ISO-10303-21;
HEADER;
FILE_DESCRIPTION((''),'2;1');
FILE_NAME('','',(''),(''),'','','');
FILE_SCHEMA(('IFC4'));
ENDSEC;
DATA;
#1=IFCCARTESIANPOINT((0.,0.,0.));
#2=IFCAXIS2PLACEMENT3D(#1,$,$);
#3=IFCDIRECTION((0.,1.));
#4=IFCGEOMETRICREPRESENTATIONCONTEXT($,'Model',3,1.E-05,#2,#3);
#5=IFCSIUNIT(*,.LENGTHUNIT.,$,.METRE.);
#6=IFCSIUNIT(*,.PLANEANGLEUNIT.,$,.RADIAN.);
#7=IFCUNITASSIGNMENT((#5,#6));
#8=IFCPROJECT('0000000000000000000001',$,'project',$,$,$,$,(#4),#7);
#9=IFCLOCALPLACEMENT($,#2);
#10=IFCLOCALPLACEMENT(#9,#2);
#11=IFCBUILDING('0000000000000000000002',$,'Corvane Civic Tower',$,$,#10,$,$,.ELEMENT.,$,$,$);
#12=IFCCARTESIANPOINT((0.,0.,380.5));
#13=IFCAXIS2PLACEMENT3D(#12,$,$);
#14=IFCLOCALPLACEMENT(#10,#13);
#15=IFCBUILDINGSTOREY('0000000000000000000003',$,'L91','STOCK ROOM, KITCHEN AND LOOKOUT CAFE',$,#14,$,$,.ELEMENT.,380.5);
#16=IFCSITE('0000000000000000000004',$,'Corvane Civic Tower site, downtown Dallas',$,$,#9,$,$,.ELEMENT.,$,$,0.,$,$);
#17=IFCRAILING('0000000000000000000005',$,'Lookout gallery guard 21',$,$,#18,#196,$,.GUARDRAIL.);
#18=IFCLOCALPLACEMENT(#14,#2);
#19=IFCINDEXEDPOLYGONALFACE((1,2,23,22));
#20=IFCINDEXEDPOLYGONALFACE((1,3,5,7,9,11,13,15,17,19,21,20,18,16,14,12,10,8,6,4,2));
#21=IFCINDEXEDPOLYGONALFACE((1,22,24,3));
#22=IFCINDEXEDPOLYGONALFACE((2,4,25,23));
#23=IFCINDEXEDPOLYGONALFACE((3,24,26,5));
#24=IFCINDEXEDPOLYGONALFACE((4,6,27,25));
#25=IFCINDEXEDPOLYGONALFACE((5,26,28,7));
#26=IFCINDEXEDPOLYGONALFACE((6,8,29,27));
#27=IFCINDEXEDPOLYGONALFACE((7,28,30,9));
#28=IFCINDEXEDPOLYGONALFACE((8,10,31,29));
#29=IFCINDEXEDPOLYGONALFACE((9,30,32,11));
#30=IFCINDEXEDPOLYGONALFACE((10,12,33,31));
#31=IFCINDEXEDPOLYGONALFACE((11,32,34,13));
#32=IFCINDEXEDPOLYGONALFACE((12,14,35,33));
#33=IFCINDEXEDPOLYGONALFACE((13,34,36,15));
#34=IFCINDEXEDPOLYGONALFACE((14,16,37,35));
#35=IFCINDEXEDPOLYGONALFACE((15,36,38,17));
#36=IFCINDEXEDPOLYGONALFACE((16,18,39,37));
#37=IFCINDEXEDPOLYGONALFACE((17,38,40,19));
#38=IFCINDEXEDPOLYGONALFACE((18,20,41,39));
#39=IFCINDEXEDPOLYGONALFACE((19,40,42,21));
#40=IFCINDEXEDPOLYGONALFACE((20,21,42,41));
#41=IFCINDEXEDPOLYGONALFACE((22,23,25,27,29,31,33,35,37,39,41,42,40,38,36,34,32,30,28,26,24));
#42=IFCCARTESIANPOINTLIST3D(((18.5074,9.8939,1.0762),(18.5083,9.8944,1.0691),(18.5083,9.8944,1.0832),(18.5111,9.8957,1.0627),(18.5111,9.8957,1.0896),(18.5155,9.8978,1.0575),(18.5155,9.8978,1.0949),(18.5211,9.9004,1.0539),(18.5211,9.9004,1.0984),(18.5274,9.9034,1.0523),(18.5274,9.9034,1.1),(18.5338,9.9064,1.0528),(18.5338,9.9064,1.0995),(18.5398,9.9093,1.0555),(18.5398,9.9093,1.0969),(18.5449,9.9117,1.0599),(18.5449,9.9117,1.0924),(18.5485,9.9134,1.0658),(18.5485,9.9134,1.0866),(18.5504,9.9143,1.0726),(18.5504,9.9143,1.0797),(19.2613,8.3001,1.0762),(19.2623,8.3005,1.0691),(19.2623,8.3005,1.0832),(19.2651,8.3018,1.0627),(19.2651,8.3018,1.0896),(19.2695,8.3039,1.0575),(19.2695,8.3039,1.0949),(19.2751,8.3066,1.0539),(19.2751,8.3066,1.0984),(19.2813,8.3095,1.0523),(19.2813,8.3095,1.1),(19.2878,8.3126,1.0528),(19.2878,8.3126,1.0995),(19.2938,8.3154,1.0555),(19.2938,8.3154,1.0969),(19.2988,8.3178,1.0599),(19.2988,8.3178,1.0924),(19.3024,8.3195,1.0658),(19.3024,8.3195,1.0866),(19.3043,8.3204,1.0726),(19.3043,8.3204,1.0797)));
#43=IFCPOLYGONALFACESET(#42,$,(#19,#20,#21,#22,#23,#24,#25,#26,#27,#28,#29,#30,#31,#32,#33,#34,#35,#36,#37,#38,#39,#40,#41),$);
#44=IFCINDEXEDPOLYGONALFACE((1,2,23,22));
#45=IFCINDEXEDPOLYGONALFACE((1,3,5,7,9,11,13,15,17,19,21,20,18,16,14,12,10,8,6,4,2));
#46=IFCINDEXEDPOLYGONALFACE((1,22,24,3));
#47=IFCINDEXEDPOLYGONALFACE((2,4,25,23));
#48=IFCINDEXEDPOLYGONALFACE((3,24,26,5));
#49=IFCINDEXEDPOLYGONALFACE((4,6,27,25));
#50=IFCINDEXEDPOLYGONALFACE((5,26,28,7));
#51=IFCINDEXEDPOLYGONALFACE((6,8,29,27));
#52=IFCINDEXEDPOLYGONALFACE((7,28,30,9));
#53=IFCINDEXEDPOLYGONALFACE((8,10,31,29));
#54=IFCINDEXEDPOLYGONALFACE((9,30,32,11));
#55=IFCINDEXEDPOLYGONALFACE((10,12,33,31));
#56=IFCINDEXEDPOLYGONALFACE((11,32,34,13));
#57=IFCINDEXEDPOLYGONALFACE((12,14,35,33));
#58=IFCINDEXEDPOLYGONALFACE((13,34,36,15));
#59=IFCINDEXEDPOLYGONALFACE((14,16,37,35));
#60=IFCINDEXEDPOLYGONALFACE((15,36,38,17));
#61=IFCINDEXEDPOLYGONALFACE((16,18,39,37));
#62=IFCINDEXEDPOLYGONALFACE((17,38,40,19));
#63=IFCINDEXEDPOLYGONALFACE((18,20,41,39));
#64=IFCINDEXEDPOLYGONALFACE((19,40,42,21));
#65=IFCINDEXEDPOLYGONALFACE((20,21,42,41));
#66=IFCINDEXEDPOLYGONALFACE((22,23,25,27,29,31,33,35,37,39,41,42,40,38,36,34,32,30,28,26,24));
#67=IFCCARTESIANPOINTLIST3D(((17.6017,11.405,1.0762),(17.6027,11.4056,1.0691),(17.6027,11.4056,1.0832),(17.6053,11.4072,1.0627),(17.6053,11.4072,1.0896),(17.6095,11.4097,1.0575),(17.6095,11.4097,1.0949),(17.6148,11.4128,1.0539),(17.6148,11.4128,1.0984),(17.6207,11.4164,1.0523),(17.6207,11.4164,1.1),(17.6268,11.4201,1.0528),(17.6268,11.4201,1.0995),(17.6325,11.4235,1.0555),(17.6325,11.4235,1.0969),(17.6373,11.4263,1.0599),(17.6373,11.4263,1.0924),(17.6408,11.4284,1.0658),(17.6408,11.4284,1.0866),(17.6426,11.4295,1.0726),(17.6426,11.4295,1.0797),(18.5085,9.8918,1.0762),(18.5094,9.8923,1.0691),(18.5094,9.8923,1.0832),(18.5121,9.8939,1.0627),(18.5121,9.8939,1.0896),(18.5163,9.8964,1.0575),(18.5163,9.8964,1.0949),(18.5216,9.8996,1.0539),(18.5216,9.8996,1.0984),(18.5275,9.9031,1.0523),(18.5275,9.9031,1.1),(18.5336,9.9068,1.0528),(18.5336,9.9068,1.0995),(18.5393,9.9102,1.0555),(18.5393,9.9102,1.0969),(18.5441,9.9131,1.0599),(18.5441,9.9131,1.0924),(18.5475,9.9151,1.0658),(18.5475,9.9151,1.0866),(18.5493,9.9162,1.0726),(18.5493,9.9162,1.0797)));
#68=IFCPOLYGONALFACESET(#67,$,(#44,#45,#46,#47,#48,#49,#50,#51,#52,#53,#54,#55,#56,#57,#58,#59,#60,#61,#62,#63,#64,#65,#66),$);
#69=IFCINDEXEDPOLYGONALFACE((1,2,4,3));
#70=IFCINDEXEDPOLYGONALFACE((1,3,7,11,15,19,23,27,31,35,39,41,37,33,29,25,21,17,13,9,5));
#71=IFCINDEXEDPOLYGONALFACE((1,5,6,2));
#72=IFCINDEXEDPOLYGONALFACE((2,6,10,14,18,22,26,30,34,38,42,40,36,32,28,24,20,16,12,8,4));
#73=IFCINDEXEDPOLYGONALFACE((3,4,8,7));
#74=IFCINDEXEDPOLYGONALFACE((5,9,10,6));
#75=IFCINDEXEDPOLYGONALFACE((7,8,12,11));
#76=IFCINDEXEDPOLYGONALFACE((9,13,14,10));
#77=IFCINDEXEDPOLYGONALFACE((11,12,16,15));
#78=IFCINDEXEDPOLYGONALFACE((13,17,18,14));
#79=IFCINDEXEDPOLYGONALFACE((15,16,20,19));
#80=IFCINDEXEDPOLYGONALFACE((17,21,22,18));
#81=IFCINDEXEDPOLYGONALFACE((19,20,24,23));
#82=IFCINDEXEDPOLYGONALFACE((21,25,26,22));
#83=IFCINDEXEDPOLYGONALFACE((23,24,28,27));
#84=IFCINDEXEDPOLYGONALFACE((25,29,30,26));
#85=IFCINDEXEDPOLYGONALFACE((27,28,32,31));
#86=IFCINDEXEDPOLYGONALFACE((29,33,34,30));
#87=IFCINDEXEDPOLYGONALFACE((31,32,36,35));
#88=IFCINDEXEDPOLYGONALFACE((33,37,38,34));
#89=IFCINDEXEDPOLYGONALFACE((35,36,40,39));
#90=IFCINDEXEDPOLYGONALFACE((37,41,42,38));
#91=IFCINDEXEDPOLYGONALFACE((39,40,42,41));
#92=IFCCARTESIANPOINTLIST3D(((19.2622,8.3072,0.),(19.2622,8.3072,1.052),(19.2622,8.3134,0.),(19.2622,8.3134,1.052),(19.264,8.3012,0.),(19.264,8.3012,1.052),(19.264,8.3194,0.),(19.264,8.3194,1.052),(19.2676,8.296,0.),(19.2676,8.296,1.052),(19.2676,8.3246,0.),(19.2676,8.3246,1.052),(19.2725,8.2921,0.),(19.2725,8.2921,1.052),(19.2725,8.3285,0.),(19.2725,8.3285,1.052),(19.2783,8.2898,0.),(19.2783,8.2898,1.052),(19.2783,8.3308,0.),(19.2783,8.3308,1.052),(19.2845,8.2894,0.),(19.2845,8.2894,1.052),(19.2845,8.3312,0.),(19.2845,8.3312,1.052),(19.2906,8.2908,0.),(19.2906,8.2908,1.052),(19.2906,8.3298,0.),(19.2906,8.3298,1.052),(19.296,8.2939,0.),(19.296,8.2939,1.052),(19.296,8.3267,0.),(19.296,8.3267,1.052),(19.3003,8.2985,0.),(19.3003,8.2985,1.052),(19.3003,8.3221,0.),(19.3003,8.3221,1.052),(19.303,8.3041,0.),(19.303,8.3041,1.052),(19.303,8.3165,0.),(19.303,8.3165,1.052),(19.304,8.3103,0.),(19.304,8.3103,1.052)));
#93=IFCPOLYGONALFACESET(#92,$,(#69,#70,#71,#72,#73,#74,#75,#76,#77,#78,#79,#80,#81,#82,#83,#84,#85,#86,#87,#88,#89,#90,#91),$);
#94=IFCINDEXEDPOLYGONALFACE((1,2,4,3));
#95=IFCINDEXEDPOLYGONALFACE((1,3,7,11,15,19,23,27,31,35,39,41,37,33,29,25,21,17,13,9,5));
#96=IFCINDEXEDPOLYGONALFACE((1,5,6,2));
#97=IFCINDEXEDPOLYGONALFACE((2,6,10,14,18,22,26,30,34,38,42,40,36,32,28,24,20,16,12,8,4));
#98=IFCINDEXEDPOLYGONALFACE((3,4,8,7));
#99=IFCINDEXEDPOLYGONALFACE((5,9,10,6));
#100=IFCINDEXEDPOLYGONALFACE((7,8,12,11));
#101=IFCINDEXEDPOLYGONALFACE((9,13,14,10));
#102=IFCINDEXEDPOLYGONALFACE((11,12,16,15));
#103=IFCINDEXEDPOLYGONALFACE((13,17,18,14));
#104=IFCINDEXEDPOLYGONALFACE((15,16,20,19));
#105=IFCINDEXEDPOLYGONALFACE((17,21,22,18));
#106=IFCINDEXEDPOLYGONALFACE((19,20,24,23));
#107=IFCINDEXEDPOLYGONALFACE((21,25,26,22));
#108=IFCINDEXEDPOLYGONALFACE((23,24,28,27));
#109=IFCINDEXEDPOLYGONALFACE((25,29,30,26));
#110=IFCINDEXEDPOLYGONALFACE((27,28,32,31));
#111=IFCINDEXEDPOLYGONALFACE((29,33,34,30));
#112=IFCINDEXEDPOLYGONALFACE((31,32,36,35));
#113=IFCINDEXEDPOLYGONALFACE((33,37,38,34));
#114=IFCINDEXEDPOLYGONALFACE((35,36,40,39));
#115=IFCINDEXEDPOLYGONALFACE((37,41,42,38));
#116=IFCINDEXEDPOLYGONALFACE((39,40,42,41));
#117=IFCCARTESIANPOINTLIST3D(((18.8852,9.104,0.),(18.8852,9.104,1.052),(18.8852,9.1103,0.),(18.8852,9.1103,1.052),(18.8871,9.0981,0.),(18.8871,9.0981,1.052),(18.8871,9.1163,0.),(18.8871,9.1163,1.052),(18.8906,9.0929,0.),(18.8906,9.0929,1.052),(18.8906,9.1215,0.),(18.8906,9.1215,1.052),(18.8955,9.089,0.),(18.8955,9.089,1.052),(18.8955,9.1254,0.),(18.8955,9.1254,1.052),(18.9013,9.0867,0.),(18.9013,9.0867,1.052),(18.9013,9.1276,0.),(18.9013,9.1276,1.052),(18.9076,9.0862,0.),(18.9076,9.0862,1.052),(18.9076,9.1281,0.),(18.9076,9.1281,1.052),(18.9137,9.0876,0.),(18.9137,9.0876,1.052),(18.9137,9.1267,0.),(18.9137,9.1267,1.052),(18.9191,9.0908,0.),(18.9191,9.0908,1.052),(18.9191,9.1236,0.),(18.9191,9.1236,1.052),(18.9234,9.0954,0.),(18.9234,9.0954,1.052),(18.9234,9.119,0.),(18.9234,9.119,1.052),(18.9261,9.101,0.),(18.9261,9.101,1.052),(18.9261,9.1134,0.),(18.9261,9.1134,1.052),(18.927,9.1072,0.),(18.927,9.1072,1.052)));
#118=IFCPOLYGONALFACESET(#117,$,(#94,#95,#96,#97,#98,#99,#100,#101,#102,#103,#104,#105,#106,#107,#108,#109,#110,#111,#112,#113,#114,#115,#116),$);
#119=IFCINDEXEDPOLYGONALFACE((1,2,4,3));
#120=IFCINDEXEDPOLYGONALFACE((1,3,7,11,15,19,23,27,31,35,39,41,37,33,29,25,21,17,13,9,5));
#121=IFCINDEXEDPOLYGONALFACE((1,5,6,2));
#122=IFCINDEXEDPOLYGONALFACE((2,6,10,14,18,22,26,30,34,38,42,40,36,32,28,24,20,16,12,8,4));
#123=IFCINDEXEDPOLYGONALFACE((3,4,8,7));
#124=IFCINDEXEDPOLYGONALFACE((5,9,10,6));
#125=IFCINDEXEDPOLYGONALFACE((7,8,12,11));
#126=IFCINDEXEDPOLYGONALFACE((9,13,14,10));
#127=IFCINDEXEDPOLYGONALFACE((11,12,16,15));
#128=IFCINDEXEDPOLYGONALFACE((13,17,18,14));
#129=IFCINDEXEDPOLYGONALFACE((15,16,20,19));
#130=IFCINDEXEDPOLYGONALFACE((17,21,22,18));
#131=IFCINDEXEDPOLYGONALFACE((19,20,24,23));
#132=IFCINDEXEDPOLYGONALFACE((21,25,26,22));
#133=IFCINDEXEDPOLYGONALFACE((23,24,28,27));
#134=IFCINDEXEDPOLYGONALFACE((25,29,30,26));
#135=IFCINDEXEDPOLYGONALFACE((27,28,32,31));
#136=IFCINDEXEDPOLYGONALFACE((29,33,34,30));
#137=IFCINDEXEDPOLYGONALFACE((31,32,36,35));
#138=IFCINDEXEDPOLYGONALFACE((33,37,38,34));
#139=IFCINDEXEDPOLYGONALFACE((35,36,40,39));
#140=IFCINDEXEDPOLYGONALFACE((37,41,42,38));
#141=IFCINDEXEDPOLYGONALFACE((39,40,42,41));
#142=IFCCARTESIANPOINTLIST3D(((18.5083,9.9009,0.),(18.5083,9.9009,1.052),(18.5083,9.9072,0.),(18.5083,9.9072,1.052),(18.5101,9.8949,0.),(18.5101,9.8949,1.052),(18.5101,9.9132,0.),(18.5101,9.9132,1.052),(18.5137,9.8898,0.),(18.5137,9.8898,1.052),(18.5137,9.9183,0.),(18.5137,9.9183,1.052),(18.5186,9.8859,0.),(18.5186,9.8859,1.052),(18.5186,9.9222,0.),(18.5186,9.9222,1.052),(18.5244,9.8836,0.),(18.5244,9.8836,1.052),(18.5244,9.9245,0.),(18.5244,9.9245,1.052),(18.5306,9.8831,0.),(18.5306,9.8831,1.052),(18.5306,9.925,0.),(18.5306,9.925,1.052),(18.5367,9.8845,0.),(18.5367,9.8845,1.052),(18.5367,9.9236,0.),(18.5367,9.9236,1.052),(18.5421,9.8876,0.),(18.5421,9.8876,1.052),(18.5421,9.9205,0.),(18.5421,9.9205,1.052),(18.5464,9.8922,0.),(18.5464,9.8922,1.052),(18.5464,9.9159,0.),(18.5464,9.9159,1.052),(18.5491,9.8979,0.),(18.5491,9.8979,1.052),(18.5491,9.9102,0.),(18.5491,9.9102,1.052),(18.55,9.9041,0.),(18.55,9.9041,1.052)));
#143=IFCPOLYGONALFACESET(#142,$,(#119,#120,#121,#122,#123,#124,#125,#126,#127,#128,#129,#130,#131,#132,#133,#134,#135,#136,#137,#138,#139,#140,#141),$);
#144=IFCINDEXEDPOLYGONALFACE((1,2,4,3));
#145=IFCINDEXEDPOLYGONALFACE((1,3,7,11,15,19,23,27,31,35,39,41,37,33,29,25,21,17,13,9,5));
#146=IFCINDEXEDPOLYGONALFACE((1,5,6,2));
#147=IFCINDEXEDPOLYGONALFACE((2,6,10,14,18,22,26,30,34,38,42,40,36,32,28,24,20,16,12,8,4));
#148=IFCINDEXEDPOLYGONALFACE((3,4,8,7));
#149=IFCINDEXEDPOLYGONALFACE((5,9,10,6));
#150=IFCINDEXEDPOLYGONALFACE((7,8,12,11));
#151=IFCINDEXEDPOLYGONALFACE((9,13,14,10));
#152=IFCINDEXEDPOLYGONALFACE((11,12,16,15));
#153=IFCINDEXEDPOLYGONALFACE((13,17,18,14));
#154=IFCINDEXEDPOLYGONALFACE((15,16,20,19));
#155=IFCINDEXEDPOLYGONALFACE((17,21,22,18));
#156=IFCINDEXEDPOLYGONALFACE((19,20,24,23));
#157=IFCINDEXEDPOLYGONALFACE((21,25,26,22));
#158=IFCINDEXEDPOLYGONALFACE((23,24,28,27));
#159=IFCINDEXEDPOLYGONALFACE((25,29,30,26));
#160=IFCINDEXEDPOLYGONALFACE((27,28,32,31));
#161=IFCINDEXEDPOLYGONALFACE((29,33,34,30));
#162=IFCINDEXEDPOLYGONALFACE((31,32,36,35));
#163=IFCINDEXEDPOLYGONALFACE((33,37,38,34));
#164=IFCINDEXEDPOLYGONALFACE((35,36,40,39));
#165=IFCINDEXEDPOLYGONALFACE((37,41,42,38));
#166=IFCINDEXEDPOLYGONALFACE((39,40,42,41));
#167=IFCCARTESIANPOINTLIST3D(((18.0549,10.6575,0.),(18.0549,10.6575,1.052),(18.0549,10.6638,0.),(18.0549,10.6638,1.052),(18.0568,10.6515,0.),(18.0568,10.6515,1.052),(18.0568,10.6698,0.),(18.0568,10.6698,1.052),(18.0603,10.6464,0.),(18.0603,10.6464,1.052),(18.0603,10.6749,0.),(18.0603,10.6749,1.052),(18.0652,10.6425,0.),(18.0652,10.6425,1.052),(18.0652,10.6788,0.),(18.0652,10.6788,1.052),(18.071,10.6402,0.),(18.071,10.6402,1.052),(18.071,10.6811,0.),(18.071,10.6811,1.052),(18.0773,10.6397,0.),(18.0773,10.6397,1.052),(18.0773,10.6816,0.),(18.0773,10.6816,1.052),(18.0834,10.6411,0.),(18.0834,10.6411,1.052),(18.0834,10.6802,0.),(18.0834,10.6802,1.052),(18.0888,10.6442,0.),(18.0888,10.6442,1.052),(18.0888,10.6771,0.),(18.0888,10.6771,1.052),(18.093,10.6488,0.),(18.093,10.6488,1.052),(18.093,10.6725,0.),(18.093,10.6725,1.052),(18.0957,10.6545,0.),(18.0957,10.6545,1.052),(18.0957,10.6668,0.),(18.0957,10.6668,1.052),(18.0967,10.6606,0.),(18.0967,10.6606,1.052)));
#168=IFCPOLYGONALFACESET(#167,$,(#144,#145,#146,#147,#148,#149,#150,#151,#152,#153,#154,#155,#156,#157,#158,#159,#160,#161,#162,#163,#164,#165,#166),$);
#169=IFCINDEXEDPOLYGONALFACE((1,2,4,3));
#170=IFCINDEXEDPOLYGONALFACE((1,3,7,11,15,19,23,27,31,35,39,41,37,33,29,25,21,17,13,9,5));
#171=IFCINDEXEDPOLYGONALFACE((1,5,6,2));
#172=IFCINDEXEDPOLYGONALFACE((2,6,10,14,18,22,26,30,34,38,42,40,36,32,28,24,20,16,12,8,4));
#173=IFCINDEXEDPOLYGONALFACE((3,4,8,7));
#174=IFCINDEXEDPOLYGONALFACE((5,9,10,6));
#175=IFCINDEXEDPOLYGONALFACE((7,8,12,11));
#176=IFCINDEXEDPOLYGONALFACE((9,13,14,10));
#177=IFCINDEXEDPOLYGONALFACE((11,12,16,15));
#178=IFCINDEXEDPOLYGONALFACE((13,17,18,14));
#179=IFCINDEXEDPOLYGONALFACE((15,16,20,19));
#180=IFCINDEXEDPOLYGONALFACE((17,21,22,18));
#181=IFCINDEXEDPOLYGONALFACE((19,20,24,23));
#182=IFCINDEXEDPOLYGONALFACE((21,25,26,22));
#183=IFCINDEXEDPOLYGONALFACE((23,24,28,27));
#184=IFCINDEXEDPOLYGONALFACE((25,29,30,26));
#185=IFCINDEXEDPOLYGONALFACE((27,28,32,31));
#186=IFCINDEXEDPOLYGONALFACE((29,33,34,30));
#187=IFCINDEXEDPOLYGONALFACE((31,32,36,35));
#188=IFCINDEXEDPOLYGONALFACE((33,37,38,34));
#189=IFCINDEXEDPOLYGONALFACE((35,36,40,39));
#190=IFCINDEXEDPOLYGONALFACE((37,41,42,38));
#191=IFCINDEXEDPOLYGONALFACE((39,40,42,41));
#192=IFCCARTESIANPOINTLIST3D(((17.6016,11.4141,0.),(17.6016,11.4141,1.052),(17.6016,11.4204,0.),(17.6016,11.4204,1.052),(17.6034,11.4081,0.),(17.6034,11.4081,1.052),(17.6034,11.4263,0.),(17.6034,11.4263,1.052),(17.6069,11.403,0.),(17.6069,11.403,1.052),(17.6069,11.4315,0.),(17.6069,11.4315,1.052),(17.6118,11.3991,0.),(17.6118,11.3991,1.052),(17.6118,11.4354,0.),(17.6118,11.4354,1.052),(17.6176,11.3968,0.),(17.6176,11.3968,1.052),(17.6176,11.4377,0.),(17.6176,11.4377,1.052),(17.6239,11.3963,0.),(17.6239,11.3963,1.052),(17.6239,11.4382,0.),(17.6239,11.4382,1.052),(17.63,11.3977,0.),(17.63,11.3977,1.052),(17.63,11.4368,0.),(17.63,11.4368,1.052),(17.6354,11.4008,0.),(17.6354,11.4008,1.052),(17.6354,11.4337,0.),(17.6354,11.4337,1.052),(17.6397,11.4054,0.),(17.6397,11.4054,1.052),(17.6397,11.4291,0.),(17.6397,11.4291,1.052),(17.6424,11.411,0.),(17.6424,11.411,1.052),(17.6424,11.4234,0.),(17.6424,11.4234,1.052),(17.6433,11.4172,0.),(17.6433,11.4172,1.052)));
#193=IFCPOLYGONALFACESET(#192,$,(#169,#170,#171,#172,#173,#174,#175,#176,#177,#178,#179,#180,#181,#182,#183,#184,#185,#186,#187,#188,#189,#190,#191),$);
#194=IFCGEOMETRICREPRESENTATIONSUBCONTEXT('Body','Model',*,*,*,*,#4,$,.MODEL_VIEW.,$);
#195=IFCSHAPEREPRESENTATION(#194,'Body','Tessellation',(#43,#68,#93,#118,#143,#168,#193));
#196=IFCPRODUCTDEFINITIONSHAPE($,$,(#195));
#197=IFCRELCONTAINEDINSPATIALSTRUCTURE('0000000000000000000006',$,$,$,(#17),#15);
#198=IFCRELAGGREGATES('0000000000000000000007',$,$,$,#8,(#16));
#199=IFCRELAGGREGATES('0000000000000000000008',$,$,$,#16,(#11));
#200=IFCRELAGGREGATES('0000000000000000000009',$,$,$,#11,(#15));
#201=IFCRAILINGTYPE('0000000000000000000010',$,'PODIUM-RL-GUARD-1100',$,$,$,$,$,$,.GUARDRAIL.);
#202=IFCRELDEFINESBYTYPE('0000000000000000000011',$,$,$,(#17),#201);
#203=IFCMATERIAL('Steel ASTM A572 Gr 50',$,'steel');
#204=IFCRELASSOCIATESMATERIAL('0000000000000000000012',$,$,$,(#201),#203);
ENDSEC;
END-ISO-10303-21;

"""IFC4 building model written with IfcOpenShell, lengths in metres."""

from ifc_helpers import new_model, si_unit, direction, frame, origin, origin_2d, place, context, subcontext, project, spatial, circle, extrude, material, type_object, element, save


model = new_model("IFC4")

# Units and contexts
model_context = context("Model", 3, precision=1e-05, world=origin(), true_north=direction((0.0, 1.0)))
body_context = subcontext(model_context, "Body", "Model", "MODEL_VIEW")
ifc_project = project(units=[si_unit("LENGTHUNIT", "METRE"), si_unit("PLANEANGLEUNIT", "RADIAN")], contexts=[model_context])

# Site, building, storey
site_placement = place(None, origin())
site = spatial("IfcSite", under=ifc_project, at=site_placement, Name="Corvane Civic Tower site, downtown Dallas", CompositionType="ELEMENT", RefElevation=0.0)
building_placement = place(site_placement, origin())
building = spatial("IfcBuilding", under=site, at=building_placement, Name="Corvane Civic Tower", CompositionType="ELEMENT")
storey_placement = place(building_placement, frame((0.0, 0.0, 380.5)))
storey = spatial("IfcBuildingStorey", under=building, at=storey_placement, Name="L91", Description="STOCK ROOM, KITCHEN AND LOOKOUT CAFE", CompositionType="ELEMENT", Elevation=380.5)

# Railing
ifc_material_1 = material(Name="Steel ASTM A572 Gr 50", Category="steel")
railing_type = type_object("IfcRailingType", Name="PODIUM-RL-GUARD-1100", PredefinedType="GUARDRAIL", material=ifc_material_1)
railing_1_placement = place(storey_placement, frame((19.283, 8.3103, 0.0)))
element("IfcRailing", 1, at=railing_1_placement, inside=storey, type_object=railing_type, Name="Lookout gallery guard 21", PredefinedType="GUARDRAIL", context=body_context, shape_type="SweptSolid", body=[
    extrude(circle(Radius=0.0239, at=origin_2d()), frame((0.0, 0.0, 1.0762), z_axis=(-0.42761, 0.903963, 0.0), x_axis=(-0.903963, -0.42761, 0.0)), (0.0, 0.0, 1.0), 1.7632),
    extrude(circle(Radius=0.0239, at=origin_2d()), frame((-0.7539, 1.5938, 1.0762), z_axis=(-0.514007, 0.857786, 0.0), x_axis=(-0.857786, -0.514007, 0.0)), (0.0, 0.0, 1.0), 1.7642),
    extrude(circle(Radius=0.021, at=origin_2d()), origin(), (0.0, 0.0, 1.0), 1.052),
    extrude(circle(Radius=0.021, at=origin_2d()), frame((-0.377, 0.7969, 0.0)), (0.0, 0.0, 1.0), 1.052),
    extrude(circle(Radius=0.021, at=origin_2d()), frame((-0.7539, 1.5938, 0.0)), (0.0, 0.0, 1.0), 1.052),
    extrude(circle(Radius=0.021, at=origin_2d()), frame((-1.2073, 2.3503, 0.0)), (0.0, 0.0, 1.0), 1.052),
    extrude(circle(Radius=0.021, at=origin_2d()), frame((-1.6606, 3.1069, 0.0)), (0.0, 0.0, 1.0), 1.052),
])

save(model, "model.ifc")
